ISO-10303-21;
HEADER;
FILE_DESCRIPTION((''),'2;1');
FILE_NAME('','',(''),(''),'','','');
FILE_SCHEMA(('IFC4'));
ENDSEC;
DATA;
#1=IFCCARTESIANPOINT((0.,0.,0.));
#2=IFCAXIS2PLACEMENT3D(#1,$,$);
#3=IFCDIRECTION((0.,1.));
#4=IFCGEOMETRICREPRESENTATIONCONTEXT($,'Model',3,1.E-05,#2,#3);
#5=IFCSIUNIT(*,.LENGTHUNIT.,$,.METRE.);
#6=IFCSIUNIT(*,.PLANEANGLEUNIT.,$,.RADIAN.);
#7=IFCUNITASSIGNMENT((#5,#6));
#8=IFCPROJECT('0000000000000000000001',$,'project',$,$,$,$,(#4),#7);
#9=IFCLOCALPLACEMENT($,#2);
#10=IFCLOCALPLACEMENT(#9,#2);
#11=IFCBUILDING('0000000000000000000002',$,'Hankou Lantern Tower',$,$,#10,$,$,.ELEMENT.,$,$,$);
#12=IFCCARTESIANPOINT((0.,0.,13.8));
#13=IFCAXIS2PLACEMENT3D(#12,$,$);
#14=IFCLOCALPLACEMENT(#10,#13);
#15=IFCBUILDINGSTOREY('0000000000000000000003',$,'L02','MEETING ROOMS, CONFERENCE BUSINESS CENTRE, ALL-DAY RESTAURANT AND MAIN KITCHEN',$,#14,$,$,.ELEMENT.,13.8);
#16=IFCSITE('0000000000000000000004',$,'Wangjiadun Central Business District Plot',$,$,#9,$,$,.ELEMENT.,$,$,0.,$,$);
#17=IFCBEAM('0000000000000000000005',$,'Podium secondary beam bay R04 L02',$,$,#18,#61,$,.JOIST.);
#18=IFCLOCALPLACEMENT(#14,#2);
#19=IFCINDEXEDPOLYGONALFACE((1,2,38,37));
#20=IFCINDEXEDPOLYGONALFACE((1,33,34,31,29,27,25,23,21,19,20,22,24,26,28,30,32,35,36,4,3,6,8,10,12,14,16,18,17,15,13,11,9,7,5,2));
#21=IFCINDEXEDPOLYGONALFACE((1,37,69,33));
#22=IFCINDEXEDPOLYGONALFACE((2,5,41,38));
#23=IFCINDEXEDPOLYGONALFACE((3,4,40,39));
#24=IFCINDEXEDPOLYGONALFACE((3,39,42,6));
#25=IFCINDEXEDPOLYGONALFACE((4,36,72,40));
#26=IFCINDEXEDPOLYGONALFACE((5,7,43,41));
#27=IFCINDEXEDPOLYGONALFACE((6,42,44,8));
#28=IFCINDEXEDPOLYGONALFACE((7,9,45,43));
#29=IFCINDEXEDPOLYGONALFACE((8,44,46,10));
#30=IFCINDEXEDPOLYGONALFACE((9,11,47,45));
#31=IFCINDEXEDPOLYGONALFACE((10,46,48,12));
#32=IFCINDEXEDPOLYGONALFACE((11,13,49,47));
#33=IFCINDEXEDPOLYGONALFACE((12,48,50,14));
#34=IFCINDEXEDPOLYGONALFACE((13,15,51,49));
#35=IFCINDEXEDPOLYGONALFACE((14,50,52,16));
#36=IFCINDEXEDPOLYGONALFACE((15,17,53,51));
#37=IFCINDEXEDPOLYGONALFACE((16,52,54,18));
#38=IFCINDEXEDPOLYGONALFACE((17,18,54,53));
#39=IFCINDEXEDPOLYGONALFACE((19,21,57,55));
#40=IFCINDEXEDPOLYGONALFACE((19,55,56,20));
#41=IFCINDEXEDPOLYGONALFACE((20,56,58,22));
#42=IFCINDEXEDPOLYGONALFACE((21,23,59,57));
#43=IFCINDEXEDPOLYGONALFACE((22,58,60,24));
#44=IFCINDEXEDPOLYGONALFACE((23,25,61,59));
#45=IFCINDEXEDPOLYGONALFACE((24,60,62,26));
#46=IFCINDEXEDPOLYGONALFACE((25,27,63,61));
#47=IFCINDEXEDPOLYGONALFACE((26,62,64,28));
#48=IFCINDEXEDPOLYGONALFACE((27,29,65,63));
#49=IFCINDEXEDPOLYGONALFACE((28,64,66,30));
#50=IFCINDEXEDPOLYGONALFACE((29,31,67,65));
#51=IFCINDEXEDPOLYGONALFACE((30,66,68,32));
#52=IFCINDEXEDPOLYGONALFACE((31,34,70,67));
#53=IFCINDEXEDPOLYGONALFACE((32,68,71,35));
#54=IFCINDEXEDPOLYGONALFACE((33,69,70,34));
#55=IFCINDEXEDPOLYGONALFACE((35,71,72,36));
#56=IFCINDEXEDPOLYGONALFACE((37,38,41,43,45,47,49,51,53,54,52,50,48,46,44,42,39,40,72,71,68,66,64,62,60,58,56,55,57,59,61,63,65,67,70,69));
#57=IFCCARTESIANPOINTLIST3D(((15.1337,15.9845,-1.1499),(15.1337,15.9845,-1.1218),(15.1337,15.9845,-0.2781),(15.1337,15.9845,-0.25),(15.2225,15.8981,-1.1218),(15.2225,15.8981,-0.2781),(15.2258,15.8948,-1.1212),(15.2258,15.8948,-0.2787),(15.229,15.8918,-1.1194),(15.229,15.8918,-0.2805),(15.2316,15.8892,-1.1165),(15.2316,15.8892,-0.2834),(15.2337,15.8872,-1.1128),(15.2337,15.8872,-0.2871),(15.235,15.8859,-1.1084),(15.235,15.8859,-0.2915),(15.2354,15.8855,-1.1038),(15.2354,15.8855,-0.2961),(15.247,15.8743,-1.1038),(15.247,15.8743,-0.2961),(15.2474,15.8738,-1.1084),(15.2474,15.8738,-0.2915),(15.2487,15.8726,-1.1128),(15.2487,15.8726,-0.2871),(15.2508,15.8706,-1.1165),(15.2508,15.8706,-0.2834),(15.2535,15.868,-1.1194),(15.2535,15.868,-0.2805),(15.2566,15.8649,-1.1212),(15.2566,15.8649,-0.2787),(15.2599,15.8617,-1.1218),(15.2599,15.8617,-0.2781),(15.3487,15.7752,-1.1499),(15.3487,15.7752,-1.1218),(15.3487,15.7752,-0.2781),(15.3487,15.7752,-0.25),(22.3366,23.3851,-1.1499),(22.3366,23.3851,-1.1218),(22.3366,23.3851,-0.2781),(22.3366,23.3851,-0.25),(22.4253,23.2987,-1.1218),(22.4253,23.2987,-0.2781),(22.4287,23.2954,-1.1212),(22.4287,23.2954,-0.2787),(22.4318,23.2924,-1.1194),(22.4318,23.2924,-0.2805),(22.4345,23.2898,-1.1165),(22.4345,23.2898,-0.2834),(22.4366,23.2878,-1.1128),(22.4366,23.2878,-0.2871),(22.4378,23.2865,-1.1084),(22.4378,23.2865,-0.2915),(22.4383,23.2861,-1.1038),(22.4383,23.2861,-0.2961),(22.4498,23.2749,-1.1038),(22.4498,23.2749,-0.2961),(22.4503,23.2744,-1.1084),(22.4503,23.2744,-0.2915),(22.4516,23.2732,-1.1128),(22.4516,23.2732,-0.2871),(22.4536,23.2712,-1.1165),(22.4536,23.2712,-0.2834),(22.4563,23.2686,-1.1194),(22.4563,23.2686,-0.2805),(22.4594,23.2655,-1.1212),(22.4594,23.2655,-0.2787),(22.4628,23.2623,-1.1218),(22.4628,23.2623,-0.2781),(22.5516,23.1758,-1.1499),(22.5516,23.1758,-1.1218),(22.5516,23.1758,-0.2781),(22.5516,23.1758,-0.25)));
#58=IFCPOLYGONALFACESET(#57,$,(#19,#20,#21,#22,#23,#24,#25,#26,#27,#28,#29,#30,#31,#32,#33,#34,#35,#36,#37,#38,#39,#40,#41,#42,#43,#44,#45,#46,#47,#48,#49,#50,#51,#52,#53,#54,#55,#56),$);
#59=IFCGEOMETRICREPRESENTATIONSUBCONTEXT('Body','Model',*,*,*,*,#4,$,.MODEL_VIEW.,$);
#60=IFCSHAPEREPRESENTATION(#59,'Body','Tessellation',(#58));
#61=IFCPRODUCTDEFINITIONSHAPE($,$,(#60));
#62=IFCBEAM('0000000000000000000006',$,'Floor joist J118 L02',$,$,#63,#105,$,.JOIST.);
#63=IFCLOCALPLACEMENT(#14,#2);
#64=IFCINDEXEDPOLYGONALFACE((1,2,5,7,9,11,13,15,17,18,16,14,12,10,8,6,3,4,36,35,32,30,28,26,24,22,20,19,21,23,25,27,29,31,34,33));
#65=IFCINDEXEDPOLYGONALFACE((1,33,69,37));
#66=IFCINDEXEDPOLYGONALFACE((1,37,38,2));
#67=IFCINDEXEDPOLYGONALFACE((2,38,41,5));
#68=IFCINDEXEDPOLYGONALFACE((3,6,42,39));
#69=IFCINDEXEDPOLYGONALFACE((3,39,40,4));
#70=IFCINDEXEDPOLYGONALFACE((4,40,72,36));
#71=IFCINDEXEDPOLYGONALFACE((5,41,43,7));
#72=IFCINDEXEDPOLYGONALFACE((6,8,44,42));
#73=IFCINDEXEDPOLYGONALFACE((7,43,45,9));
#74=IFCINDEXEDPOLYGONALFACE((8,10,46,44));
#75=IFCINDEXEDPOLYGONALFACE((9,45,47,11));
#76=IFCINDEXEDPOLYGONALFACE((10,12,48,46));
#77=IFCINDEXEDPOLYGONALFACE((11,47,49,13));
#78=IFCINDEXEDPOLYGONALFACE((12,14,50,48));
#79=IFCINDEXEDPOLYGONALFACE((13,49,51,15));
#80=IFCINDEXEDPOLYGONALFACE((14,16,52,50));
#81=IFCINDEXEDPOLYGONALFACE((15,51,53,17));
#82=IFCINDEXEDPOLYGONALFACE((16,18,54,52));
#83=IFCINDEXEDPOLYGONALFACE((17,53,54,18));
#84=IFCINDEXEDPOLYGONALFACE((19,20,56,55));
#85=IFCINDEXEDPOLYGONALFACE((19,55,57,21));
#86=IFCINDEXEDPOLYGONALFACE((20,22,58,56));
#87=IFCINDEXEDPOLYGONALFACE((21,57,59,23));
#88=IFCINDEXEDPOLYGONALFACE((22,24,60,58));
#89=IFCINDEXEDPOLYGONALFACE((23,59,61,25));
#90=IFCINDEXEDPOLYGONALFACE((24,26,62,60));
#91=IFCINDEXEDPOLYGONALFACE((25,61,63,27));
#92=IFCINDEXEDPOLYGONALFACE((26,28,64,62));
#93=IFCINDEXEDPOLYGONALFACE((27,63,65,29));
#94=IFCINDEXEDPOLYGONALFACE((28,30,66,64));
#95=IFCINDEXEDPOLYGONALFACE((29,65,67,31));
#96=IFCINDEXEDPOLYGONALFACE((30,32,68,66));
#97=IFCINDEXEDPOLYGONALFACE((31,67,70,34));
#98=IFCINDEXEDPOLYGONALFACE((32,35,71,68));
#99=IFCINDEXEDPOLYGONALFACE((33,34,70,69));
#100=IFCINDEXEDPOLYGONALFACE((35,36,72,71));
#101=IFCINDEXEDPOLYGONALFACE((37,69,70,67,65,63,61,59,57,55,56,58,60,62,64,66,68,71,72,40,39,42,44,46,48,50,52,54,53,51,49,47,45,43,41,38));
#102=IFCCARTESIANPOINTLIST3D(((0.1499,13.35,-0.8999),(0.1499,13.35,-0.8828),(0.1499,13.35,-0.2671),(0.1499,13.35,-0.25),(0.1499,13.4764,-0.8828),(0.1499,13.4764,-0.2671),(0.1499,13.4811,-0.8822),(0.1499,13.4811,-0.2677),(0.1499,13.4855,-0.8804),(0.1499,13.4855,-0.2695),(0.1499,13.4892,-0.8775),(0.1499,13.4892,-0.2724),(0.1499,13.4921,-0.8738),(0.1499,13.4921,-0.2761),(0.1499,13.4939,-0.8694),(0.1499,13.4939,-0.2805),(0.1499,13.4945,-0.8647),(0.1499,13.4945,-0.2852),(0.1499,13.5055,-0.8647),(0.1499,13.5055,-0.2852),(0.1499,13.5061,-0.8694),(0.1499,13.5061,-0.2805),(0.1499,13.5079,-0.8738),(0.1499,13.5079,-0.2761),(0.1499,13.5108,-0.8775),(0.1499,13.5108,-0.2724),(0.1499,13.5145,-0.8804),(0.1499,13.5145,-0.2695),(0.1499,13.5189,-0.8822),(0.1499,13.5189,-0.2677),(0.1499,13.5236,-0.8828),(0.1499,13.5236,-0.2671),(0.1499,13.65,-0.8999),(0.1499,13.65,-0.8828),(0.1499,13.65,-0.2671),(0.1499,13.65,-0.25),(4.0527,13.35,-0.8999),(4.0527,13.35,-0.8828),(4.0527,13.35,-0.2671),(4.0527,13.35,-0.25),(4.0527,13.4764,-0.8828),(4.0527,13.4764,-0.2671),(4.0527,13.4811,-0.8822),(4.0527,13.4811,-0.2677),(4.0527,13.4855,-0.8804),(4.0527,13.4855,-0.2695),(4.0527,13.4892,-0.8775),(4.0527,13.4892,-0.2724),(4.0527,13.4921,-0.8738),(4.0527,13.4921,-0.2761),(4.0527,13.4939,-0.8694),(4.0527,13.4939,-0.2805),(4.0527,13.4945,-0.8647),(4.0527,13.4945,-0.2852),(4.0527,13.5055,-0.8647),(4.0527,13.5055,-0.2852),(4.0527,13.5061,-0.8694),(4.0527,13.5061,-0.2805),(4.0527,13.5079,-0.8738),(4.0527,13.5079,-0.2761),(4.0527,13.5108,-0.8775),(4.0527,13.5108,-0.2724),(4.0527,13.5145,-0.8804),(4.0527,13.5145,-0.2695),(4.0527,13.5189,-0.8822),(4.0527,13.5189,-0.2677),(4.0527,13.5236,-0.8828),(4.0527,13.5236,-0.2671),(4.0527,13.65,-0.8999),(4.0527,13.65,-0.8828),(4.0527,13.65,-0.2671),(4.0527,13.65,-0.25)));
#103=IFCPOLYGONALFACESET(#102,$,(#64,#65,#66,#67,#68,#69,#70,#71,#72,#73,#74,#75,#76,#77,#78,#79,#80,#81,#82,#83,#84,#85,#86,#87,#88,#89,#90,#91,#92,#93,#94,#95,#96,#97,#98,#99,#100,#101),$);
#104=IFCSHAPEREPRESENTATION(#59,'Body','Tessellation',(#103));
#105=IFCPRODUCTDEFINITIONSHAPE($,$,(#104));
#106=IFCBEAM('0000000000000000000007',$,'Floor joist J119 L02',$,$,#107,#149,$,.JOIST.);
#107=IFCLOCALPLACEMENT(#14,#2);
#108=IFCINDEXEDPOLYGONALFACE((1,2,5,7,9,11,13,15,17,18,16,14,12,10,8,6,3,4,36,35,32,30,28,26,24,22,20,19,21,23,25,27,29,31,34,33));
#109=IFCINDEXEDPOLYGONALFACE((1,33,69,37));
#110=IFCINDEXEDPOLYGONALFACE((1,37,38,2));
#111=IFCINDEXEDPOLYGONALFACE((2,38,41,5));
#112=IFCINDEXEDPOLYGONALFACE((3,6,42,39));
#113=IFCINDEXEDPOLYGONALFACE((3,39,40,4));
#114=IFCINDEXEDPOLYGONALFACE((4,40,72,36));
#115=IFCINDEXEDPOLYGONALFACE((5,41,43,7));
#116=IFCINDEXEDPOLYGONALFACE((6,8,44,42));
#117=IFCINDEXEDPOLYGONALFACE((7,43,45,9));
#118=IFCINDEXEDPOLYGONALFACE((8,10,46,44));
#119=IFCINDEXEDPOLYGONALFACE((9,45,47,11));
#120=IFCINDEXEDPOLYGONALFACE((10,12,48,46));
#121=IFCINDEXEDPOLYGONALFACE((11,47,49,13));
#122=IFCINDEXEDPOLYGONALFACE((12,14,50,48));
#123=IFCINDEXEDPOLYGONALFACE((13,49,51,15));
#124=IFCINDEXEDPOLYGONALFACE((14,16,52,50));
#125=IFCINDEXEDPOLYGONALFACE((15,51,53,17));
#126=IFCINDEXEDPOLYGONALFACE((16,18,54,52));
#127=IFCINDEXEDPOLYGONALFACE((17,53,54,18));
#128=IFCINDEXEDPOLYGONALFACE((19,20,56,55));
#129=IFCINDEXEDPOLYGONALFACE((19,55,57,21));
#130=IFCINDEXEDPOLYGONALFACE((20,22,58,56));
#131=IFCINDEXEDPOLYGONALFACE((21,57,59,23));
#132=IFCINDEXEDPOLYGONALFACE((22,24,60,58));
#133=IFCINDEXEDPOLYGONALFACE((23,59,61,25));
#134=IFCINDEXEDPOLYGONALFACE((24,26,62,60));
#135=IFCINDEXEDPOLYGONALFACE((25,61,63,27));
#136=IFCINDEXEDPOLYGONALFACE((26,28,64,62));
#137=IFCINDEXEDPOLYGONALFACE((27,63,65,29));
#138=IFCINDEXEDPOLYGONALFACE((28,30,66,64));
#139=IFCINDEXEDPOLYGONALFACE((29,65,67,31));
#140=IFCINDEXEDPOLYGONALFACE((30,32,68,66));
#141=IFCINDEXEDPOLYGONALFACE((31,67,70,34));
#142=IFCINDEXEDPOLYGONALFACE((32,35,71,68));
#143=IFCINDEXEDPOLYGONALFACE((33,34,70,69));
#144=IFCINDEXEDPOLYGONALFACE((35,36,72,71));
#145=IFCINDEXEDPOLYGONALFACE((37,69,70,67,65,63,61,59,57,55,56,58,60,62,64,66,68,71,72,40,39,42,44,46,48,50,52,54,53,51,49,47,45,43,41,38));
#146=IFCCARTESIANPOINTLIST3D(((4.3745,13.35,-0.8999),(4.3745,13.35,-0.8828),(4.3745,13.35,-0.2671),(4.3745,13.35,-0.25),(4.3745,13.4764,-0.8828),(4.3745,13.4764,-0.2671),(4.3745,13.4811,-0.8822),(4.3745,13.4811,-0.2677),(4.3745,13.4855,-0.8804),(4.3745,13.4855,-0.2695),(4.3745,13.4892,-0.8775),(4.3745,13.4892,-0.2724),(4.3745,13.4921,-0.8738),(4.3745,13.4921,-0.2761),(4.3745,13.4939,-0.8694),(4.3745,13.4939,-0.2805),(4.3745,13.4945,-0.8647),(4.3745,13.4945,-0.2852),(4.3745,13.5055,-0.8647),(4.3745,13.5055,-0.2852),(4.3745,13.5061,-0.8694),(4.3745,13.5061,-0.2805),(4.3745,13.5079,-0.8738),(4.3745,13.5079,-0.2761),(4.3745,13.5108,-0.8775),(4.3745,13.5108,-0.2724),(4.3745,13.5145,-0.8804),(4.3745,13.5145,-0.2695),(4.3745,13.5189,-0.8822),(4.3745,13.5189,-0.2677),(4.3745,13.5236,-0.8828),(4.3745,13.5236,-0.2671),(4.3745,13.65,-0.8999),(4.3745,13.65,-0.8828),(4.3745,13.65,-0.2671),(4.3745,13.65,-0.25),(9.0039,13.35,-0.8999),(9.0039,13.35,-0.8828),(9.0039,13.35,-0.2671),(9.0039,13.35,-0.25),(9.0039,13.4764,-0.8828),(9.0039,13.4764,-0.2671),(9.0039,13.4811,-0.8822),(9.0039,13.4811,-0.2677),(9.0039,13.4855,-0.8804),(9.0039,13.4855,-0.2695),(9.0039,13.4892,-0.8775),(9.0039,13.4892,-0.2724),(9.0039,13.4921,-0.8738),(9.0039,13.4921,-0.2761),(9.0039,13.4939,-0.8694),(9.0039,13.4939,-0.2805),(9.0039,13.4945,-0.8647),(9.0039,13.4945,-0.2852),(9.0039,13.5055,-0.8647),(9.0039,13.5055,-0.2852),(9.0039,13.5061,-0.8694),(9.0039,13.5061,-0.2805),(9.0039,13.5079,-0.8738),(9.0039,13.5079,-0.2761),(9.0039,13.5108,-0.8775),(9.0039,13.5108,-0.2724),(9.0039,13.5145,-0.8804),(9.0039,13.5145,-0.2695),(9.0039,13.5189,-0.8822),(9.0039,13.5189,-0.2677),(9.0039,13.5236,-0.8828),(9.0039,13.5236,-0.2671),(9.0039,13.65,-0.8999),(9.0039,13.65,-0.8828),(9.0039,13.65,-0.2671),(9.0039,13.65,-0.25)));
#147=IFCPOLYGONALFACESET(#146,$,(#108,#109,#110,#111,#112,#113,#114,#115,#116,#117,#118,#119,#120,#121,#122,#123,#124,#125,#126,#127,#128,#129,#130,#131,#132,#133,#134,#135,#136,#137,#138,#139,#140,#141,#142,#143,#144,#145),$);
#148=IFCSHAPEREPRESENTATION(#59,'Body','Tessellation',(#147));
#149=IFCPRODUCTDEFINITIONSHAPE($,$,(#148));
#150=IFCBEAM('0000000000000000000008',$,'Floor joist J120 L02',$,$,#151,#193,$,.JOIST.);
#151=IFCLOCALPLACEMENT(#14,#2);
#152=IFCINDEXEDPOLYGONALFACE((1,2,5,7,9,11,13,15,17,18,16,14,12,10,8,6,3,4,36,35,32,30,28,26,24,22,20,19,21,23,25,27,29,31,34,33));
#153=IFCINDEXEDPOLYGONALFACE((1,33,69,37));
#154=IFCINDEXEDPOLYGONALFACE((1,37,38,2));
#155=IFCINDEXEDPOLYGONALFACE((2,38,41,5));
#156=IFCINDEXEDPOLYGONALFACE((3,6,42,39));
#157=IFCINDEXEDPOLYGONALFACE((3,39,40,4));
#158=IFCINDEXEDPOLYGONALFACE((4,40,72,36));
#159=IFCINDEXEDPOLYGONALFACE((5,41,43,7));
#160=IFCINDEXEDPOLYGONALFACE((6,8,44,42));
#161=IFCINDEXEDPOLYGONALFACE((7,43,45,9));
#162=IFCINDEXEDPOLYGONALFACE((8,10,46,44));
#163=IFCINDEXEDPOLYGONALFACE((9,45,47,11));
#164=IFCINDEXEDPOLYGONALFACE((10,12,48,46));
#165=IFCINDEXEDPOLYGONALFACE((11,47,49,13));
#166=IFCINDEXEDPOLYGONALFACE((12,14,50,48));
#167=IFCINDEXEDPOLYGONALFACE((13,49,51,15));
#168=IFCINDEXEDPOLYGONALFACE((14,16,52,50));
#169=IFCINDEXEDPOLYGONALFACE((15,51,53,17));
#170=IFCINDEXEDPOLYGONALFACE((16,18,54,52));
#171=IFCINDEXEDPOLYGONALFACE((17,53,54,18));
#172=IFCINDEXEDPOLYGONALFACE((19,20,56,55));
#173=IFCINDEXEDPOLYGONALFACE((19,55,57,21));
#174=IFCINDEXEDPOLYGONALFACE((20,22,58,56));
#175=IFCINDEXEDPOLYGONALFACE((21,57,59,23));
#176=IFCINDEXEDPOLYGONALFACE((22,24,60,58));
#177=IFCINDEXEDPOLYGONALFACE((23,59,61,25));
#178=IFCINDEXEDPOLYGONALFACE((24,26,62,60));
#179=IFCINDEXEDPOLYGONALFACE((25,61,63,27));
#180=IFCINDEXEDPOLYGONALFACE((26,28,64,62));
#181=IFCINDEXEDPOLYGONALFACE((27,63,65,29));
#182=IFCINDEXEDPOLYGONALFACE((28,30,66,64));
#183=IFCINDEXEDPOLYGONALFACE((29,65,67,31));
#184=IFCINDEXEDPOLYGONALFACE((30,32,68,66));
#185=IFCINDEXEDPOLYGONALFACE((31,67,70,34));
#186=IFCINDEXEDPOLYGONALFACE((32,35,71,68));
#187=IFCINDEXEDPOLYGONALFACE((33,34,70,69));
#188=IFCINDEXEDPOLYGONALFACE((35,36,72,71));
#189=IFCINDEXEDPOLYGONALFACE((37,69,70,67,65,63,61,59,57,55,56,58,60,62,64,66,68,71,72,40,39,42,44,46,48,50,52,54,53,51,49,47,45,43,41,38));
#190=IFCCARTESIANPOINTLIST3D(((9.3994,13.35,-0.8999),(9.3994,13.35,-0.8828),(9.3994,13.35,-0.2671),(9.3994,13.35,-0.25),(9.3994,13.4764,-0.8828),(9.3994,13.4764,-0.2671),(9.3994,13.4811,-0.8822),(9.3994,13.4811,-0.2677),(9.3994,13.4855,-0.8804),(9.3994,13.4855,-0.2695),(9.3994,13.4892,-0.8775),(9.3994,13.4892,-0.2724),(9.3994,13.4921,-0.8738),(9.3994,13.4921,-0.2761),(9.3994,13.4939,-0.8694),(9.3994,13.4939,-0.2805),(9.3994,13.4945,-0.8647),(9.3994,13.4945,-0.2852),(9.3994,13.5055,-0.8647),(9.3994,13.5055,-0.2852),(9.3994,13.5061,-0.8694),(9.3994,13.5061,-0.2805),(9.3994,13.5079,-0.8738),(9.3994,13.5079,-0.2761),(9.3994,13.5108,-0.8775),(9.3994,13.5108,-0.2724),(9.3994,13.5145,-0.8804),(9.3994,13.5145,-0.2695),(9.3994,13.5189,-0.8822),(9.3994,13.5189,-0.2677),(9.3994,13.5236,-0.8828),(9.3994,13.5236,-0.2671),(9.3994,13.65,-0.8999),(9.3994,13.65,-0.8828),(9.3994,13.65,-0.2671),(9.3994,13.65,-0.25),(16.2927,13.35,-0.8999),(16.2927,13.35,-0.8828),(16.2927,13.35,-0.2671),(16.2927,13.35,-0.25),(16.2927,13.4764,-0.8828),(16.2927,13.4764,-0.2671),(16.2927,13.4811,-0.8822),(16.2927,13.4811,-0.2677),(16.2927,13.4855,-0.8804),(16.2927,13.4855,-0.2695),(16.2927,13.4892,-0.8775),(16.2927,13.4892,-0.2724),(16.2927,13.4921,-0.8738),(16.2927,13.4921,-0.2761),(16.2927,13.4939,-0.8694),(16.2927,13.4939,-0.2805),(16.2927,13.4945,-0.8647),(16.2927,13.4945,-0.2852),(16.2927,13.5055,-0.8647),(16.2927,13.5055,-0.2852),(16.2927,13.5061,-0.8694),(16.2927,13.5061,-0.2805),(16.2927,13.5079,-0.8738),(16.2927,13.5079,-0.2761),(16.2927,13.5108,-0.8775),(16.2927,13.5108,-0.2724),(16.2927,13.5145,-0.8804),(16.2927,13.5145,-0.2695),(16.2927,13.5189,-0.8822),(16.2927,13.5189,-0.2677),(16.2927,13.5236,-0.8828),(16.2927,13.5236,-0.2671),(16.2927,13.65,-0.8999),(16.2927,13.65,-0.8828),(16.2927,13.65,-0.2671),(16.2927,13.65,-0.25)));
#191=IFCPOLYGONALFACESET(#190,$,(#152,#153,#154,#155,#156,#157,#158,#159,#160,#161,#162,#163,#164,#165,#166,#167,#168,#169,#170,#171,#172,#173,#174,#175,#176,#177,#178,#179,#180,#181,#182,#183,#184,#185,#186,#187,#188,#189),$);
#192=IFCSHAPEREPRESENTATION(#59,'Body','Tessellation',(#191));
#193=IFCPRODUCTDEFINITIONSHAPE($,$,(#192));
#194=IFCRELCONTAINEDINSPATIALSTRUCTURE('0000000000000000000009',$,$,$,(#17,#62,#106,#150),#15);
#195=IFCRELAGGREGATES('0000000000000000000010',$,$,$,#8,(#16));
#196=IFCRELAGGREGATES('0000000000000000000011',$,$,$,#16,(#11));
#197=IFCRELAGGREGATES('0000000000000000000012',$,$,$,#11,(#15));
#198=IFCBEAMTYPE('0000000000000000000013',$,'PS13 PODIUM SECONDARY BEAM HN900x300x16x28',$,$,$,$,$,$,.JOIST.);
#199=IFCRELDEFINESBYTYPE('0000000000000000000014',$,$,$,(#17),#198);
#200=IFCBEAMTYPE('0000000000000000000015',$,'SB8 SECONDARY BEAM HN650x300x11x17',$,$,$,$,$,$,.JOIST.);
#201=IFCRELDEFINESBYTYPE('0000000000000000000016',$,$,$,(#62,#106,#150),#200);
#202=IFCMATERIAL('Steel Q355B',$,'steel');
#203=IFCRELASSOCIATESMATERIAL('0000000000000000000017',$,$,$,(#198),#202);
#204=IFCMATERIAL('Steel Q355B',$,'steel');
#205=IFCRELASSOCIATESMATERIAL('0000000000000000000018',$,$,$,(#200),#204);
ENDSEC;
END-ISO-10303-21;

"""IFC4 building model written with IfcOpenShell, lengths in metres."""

from ifc_helpers import new_model, si_unit, direction, frame, origin, origin_2d, place, context, subcontext, project, spatial, i_section, extrude, material, material_profile, profile_set, type_object, element, save


model = new_model("IFC4")

# Units and contexts
model_context = context("Model", 3, precision=1e-05, world=origin(), true_north=direction((0.0, 1.0)))
body_context = subcontext(model_context, "Body", "Model", "MODEL_VIEW")
ifc_project = project(units=[si_unit("LENGTHUNIT", "METRE"), si_unit("PLANEANGLEUNIT", "RADIAN")], contexts=[model_context])

# Site, building, storey
site_placement = place(None, origin())
site = spatial("IfcSite", under=ifc_project, at=site_placement, Name="Wangjiadun Central Business District Plot", CompositionType="ELEMENT", RefElevation=0.0)
building_placement = place(site_placement, origin())
building = spatial("IfcBuilding", under=site, at=building_placement, Name="Hankou Lantern Tower", CompositionType="ELEMENT")
storey_placement = place(building_placement, frame((0.0, 0.0, 13.8)))
storey = spatial("IfcBuildingStorey", under=building, at=storey_placement, Name="L02", Description="MEETING ROOMS, CONFERENCE BUSINESS CENTRE, ALL-DAY RESTAURANT AND MAIN KITCHEN", CompositionType="ELEMENT", Elevation=13.8)

# Beams
ifc_material_1 = material(Name="Steel Q355B", Category="steel")
ifc_material_profile_1 = material_profile(ifc_material_1, i_section(OverallWidth=0.3, OverallDepth=0.8999, WebThickness=0.0161, FlangeThickness=0.0281, FilletRadius=0.0181, at=origin_2d()), Name="HN900x300x16x28")
ifc_profile_set_1 = profile_set([ifc_material_profile_1], Name="Steel Q355B")
beam_type_1 = type_object("IfcBeamType", Name="PS13 PODIUM SECONDARY BEAM HN900x300x16x28", PredefinedType="JOIST", material=ifc_profile_set_1)
beam_1_placement = place(storey_placement, frame((15.2412, 15.8799, -0.7), z_axis=(0.697468, 0.716616, 0.0), x_axis=(-0.716616, 0.697468, 0.0)))
element("IfcBeam", 1, at=beam_1_placement, inside=storey, type_object=beam_type_1, Name="Podium secondary beam bay R04 L02", PredefinedType="JOIST", context=body_context, shape_type="SweptSolid", body=[
    extrude(i_section(OverallWidth=0.3, OverallDepth=0.8999, WebThickness=0.0161, FlangeThickness=0.0281, FilletRadius=0.0181, at=origin_2d()), origin(), (0.0, 0.0, 1.0), 10.3271),
])
ifc_material_2 = material(Name="Steel Q355B", Category="steel")
ifc_material_profile_2 = material_profile(ifc_material_2, i_section(OverallWidth=0.3, OverallDepth=0.6499, WebThickness=0.011, FlangeThickness=0.0171, FilletRadius=0.0181, at=origin_2d()), Name="HN650x300x11x17")
ifc_profile_set_2 = profile_set([ifc_material_profile_2], Name="Steel Q355B")
beam_type_2 = type_object("IfcBeamType", Name="SB8 SECONDARY BEAM HN650x300x11x17", PredefinedType="JOIST", material=ifc_profile_set_2)
beam_2_placement = place(storey_placement, frame((0.1499, 13.5, -0.575), z_axis=(1.0, 0.0, 0.0), x_axis=(0.0, 1.0, 0.0)))
element("IfcBeam", 2, at=beam_2_placement, inside=storey, type_object=beam_type_2, Name="Floor joist J118 L02", PredefinedType="JOIST", context=body_context, shape_type="SweptSolid", body=[
    extrude(i_section(OverallWidth=0.3, OverallDepth=0.6499, WebThickness=0.011, FlangeThickness=0.0171, FilletRadius=0.0181, at=origin_2d()), origin(), (0.0, 0.0, 1.0), 3.9028),
])
beam_3_placement = place(storey_placement, frame((4.3745, 13.5, -0.575), z_axis=(1.0, 0.0, 0.0), x_axis=(0.0, 1.0, 0.0)))
element("IfcBeam", 3, at=beam_3_placement, inside=storey, type_object=beam_type_2, Name="Floor joist J119 L02", PredefinedType="JOIST", context=body_context, shape_type="SweptSolid", body=[
    extrude(i_section(OverallWidth=0.3, OverallDepth=0.6499, WebThickness=0.011, FlangeThickness=0.0171, FilletRadius=0.0181, at=origin_2d()), origin(), (0.0, 0.0, 1.0), 4.6294),
])
beam_4_placement = place(storey_placement, frame((9.3994, 13.5, -0.575), z_axis=(1.0, 0.0, 0.0), x_axis=(0.0, 1.0, 0.0)))
element("IfcBeam", 4, at=beam_4_placement, inside=storey, type_object=beam_type_2, Name="Floor joist J120 L02", PredefinedType="JOIST", context=body_context, shape_type="SweptSolid", body=[
    extrude(i_section(OverallWidth=0.3, OverallDepth=0.6499, WebThickness=0.011, FlangeThickness=0.0171, FilletRadius=0.0181, at=origin_2d()), origin(), (0.0, 0.0, 1.0), 6.8933),
])

save(model, "model.ifc")
